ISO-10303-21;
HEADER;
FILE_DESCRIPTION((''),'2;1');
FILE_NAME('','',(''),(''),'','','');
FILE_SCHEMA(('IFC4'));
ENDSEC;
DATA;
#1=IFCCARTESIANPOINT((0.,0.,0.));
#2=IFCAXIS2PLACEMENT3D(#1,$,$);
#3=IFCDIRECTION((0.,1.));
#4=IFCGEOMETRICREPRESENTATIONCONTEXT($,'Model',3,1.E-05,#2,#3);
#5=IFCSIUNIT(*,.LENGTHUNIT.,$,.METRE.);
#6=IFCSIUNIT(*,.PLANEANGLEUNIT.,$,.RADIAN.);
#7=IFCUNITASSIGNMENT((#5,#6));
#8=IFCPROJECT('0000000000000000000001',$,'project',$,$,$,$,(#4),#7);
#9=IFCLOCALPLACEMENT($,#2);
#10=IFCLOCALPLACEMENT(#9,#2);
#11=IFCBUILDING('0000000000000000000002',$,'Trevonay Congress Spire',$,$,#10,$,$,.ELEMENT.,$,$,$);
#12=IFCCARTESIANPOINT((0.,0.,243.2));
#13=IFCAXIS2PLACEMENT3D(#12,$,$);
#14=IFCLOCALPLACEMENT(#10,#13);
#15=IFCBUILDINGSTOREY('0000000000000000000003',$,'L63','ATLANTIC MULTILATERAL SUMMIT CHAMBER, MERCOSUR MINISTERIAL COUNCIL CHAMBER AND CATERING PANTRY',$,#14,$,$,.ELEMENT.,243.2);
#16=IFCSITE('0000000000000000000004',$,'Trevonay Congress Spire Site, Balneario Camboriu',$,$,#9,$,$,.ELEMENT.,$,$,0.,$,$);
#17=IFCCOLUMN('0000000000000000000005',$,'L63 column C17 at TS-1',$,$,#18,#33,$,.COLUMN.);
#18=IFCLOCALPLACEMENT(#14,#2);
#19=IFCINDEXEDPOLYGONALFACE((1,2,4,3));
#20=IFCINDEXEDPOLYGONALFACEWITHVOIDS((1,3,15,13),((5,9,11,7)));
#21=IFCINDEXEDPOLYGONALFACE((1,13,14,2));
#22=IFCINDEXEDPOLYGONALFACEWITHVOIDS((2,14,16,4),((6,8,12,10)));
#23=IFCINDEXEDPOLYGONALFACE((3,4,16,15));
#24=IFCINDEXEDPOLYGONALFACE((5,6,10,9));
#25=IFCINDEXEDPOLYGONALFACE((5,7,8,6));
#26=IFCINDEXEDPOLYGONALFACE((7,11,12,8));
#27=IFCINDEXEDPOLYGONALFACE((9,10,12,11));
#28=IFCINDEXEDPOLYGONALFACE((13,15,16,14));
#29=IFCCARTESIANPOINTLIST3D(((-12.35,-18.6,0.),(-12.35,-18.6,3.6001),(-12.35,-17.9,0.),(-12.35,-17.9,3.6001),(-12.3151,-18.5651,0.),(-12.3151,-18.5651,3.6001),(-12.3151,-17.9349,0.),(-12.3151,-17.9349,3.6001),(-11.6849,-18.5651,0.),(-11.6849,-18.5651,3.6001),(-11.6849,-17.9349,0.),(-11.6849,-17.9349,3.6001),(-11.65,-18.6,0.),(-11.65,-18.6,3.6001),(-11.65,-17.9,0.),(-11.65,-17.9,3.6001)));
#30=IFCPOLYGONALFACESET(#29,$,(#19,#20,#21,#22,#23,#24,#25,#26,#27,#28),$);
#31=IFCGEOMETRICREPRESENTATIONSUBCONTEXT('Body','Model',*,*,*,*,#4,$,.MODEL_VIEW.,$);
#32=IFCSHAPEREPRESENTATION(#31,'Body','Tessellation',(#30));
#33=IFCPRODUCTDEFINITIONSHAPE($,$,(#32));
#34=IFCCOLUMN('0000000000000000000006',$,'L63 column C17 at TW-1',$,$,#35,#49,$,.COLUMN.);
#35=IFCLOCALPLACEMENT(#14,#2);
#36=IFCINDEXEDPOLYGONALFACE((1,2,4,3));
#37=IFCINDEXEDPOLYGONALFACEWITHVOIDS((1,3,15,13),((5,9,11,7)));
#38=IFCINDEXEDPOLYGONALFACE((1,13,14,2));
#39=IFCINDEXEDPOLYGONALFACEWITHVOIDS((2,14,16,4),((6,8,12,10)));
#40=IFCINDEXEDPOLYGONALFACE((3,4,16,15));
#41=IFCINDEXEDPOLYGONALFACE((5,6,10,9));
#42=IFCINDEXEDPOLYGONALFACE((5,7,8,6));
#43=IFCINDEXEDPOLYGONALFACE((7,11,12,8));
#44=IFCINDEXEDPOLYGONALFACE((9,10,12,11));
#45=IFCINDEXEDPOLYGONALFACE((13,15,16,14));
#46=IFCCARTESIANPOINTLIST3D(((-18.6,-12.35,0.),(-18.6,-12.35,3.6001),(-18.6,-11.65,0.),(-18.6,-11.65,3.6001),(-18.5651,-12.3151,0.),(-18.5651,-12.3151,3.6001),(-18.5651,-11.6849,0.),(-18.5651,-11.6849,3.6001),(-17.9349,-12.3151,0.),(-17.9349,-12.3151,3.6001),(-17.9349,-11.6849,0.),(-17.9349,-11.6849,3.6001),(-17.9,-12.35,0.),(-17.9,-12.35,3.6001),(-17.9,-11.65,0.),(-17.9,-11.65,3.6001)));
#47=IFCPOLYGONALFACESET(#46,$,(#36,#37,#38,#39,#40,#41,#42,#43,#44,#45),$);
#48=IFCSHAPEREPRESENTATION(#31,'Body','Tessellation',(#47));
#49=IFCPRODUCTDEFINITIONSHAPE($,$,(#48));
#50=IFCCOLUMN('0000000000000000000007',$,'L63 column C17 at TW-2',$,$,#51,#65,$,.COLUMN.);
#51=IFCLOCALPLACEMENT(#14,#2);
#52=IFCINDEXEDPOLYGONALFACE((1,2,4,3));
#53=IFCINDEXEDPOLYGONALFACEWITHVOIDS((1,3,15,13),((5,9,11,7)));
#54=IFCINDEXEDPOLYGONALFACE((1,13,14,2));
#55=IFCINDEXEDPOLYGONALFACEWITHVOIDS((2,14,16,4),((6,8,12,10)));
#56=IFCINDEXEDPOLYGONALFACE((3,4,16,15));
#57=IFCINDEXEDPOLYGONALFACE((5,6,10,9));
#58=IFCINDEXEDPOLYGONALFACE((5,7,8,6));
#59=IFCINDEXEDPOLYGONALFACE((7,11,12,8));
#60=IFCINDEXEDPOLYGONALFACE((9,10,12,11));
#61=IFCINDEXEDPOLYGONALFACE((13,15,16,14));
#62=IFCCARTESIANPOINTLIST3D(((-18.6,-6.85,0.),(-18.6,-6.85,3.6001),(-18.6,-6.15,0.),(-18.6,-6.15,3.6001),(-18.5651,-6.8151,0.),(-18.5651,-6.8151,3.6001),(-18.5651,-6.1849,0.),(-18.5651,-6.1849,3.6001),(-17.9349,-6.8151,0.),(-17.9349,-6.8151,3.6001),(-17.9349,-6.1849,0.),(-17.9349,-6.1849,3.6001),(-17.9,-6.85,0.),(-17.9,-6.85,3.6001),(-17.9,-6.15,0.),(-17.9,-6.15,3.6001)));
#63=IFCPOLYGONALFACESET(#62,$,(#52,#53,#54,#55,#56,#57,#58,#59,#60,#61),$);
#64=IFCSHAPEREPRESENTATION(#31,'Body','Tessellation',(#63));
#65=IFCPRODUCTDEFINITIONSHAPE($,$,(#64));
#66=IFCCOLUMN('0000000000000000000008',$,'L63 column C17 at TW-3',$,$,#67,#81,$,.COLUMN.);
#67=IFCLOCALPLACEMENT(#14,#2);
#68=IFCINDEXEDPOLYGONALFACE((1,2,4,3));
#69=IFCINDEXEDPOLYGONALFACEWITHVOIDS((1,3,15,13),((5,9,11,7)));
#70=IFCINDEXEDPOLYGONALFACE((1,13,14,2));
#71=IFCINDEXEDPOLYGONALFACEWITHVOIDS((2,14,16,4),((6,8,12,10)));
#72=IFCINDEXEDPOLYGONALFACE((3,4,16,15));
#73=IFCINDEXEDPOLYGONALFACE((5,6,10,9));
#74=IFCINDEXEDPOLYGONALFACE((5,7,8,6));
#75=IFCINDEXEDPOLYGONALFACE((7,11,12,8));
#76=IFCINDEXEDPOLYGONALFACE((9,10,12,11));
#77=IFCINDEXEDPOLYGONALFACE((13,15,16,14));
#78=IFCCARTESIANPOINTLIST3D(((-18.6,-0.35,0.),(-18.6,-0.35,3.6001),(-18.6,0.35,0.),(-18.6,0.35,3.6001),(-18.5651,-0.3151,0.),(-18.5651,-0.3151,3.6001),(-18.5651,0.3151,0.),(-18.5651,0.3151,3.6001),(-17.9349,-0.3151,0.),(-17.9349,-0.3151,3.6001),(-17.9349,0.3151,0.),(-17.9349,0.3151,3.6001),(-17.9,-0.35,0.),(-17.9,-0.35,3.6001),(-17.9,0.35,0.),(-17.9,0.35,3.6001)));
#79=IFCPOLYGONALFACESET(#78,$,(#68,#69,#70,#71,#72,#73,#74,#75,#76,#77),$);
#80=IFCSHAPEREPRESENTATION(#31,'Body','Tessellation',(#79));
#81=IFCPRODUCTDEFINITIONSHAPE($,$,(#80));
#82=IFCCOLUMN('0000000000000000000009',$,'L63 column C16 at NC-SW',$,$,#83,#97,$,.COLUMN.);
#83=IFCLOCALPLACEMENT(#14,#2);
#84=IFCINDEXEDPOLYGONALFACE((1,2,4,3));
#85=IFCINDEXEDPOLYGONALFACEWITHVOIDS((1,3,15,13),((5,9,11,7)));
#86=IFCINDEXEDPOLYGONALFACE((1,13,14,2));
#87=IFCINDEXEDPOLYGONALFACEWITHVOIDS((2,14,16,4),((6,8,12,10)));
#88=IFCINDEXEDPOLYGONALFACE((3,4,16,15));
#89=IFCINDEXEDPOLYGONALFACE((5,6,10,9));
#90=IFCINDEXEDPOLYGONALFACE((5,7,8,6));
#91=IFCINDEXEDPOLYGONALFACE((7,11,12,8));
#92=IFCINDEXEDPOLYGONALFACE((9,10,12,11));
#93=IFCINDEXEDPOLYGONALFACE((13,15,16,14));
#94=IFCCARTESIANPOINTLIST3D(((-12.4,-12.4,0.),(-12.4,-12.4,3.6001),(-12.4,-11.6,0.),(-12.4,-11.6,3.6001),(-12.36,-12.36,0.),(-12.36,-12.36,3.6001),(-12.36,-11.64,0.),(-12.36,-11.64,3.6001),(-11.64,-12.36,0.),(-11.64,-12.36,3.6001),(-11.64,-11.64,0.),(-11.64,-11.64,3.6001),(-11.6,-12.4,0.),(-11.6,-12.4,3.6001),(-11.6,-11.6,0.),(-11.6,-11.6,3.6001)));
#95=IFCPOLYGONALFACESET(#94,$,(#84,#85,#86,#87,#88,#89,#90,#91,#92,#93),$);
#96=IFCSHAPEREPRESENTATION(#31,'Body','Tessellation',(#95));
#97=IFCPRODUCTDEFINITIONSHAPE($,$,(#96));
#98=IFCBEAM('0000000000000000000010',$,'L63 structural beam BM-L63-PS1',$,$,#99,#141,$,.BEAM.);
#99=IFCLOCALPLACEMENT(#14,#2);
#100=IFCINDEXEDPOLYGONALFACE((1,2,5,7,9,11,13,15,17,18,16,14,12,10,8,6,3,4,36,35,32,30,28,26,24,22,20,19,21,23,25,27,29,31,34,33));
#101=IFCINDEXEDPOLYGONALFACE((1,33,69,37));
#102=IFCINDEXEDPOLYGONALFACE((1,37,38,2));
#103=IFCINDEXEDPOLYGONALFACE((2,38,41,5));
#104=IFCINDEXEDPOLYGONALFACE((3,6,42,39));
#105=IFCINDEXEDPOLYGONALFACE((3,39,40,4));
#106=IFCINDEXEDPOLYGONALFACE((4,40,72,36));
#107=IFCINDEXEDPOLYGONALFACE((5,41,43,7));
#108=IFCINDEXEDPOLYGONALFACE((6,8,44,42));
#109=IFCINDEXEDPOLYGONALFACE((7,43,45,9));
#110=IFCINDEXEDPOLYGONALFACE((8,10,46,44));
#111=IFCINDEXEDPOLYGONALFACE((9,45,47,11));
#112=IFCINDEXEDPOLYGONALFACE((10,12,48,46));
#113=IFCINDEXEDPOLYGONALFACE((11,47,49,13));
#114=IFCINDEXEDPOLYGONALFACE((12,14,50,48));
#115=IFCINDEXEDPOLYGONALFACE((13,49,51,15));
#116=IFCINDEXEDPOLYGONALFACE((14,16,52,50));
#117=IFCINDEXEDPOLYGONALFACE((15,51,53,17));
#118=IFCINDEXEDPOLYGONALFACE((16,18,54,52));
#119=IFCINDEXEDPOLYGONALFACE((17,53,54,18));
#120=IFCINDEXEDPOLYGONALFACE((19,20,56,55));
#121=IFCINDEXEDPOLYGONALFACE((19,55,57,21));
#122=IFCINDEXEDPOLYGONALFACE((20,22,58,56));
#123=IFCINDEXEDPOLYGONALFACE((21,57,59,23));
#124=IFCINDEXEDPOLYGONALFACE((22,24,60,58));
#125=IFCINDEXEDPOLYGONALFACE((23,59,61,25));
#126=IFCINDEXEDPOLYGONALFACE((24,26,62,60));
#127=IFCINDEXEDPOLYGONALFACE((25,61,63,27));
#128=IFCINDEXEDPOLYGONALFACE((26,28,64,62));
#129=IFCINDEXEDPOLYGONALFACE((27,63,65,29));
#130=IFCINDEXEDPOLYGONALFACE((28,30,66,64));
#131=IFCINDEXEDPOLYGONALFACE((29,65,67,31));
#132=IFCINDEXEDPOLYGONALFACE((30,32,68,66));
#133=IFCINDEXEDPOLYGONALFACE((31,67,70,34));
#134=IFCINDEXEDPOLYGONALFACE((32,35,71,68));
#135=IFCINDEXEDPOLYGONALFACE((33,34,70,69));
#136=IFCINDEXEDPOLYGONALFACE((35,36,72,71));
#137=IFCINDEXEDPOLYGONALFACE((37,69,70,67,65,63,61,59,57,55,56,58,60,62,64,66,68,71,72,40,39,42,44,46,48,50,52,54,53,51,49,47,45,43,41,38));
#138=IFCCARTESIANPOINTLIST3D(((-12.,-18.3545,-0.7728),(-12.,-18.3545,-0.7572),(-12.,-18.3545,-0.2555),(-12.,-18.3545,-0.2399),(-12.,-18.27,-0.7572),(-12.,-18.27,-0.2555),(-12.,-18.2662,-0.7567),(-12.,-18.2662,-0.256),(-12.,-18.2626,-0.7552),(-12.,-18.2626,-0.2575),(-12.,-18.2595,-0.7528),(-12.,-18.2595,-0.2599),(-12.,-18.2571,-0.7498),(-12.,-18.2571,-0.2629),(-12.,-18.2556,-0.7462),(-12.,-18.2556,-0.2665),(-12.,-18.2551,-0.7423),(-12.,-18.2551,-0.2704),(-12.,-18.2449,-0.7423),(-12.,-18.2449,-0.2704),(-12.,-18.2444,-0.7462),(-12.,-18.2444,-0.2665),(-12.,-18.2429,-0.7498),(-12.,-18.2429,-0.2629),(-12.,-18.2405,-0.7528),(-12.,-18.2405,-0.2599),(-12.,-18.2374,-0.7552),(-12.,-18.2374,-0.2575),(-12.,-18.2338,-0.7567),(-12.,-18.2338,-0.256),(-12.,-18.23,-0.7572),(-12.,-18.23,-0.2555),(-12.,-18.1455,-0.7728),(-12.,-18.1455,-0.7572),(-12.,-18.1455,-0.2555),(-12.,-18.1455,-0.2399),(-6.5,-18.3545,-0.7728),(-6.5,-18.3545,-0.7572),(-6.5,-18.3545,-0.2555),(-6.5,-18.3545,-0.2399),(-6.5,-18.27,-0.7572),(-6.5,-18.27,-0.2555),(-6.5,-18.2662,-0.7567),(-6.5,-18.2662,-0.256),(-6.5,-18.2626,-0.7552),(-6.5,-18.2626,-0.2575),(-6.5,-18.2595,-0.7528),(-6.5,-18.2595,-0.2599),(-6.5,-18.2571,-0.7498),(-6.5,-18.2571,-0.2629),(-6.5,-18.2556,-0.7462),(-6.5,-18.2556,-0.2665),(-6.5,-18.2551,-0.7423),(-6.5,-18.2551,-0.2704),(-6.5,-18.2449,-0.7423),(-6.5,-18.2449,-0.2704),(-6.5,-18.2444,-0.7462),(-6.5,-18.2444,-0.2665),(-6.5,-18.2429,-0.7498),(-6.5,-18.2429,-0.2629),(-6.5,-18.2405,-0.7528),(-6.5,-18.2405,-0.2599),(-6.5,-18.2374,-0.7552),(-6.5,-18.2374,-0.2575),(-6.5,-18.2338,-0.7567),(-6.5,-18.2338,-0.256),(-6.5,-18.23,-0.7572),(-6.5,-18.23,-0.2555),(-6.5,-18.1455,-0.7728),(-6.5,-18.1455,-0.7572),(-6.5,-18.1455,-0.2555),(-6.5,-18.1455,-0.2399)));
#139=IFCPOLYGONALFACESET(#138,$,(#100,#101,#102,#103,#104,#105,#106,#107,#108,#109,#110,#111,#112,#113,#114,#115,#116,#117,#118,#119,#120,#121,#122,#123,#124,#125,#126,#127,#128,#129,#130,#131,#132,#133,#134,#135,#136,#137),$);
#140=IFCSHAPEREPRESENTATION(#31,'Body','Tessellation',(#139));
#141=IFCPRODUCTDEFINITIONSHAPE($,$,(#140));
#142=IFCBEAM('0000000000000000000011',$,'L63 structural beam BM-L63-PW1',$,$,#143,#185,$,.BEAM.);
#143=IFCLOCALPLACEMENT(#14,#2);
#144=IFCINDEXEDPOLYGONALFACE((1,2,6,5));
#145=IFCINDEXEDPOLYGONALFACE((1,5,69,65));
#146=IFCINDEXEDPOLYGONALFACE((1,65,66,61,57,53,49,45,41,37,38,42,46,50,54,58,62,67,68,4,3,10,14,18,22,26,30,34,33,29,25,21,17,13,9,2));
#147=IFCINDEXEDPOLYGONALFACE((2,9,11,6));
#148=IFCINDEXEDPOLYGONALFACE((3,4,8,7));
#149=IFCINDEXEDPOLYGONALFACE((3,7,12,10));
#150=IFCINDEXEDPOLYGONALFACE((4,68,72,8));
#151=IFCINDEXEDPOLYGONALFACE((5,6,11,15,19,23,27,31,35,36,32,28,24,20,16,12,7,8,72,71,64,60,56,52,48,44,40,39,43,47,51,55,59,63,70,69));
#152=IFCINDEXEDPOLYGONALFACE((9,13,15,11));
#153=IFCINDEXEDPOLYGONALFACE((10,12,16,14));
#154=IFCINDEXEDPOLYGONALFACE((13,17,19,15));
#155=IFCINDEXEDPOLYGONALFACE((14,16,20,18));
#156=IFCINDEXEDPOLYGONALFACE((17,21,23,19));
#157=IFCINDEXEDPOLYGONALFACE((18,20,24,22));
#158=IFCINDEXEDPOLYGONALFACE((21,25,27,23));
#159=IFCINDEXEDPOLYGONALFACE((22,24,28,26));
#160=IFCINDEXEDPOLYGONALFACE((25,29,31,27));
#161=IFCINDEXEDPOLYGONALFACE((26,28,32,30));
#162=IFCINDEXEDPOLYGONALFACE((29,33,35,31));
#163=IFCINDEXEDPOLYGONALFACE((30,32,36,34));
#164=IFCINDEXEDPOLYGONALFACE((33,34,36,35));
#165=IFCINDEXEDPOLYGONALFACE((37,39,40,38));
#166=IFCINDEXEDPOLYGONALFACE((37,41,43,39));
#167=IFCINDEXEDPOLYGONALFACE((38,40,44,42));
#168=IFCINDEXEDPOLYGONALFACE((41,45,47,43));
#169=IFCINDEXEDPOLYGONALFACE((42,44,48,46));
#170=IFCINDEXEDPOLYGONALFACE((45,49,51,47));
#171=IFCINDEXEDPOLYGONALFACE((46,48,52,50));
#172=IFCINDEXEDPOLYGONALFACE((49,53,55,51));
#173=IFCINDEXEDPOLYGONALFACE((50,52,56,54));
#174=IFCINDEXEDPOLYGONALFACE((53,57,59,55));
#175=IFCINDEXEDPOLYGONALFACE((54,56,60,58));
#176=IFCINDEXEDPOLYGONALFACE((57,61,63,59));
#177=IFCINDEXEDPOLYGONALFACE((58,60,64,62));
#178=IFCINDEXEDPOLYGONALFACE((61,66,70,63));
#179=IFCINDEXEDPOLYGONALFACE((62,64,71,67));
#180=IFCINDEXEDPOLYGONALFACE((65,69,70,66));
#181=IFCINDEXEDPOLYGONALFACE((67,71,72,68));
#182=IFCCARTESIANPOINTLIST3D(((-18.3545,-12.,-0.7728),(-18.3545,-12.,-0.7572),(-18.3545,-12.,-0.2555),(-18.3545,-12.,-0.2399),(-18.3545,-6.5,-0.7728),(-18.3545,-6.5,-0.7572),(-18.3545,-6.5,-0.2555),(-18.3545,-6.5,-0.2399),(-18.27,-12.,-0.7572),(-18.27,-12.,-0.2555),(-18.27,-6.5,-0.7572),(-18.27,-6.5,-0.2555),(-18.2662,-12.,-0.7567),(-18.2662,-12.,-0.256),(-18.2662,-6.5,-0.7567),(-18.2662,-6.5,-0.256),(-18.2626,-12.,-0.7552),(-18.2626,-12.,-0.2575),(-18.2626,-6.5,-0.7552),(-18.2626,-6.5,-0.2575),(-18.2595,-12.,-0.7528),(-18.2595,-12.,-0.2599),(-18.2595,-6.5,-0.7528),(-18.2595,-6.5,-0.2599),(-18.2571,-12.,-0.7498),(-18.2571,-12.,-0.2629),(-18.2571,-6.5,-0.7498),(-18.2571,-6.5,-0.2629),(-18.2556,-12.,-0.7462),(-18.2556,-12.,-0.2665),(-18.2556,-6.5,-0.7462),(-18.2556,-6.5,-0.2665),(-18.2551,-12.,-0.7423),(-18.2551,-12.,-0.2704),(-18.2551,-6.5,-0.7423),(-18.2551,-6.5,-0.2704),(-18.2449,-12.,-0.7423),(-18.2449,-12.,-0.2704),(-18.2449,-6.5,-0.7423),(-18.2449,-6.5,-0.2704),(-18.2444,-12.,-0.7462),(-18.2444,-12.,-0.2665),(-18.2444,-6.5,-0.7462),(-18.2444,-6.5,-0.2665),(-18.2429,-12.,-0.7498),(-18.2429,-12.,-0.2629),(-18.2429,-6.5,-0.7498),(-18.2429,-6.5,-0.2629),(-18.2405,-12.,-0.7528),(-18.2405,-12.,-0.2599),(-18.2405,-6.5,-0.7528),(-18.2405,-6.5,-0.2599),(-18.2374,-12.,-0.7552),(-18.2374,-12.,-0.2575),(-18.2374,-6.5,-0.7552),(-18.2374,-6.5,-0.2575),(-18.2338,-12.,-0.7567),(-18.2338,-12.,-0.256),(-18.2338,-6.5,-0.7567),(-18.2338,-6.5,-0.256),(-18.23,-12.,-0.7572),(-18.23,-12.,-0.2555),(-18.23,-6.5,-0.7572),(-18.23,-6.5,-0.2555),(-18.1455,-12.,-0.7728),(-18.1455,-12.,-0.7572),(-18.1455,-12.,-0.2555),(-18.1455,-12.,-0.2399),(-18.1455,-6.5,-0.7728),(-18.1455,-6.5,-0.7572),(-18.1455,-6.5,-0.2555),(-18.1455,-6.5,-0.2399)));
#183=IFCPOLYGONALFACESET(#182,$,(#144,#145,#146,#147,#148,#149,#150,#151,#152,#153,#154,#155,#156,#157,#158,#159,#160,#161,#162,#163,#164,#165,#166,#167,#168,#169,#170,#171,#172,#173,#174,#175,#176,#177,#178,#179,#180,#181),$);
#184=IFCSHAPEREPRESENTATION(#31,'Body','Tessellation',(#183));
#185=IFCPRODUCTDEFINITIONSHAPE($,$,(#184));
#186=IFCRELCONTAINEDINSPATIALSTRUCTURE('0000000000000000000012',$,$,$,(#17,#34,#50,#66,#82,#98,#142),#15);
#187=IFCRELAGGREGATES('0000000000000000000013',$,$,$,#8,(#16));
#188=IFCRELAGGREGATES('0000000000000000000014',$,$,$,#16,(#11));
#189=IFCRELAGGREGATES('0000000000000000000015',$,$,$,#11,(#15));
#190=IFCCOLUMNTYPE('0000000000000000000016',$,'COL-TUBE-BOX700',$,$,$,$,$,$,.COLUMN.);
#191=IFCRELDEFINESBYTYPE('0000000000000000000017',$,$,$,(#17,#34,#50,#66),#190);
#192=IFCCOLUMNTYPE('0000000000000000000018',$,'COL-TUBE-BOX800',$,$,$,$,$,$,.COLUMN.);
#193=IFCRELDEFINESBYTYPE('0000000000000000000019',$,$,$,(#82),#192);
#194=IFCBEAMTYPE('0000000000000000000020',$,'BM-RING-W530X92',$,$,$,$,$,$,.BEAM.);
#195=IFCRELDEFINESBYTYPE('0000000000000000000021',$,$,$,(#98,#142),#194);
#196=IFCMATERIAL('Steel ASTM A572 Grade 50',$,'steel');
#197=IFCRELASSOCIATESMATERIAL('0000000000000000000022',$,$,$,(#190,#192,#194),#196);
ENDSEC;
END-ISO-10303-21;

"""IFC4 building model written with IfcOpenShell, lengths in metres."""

from ifc_helpers import new_model, si_unit, direction, frame, origin, origin_2d, place, context, subcontext, project, spatial, hollow_rectangle, i_section, extrude, material, material_profile, profile_set, type_object, element, save


model = new_model("IFC4")

# Units and contexts
model_context = context("Model", 3, precision=1e-05, world=origin(), true_north=direction((0.0, 1.0)))
body_context = subcontext(model_context, "Body", "Model", "MODEL_VIEW")
ifc_project = project(units=[si_unit("LENGTHUNIT", "METRE"), si_unit("PLANEANGLEUNIT", "RADIAN")], contexts=[model_context])

# Site, building, storey
site_placement = place(None, origin())
site = spatial("IfcSite", under=ifc_project, at=site_placement, Name="Trevonay Congress Spire Site, Balneario Camboriu", CompositionType="ELEMENT", RefElevation=0.0)
building_placement = place(site_placement, origin())
building = spatial("IfcBuilding", under=site, at=building_placement, Name="Trevonay Congress Spire", CompositionType="ELEMENT")
storey_placement = place(building_placement, frame((0.0, 0.0, 243.2)))
storey = spatial("IfcBuildingStorey", under=building, at=storey_placement, Name="L63", Description="ATLANTIC MULTILATERAL SUMMIT CHAMBER, MERCOSUR MINISTERIAL COUNCIL CHAMBER AND CATERING PANTRY", CompositionType="ELEMENT", Elevation=243.2)

# Columns
ifc_material_1 = material(Name="Steel ASTM A572 Grade 50", Category="steel")
ifc_material_profile_1 = material_profile(ifc_material_1, hollow_rectangle(XDim=0.7, YDim=0.7, WallThickness=0.0349, at=origin_2d()), Name="BOX 700x700x35")
ifc_profile_set_1 = profile_set([ifc_material_profile_1], Name="Steel ASTM A572 Grade 50")
column_type_1 = type_object("IfcColumnType", Name="COL-TUBE-BOX700", PredefinedType="COLUMN", material=ifc_profile_set_1)
for number, where, z_axis, x_axis, name in (
    (1, (-12.0, -18.25, 0.0), (0.0, 0.0, 1.0), (1.0, 0.0, 0.0), "L63 column C17 at TS-1"),
    (2, (-18.25, -12.0, 0.0), (0.0, 0.0, 1.0), (1.0, 0.0, 0.0), "L63 column C17 at TW-1"),
    (3, (-18.25, -6.5, 0.0), (0.0, 0.0, 1.0), (1.0, 0.0, 0.0), "L63 column C17 at TW-2"),
    (4, (-18.25, 0.0, 0.0), (0.0, 0.0, 1.0), (1.0, 0.0, 0.0), "L63 column C17 at TW-3"),
):
    element("IfcColumn", number, at=place(storey_placement, frame(where, z_axis=z_axis, x_axis=x_axis)), inside=storey, type_object=column_type_1, Name=name, PredefinedType="COLUMN", context=body_context, shape_type="SweptSolid", body=[
        extrude(hollow_rectangle(XDim=0.7, YDim=0.7, WallThickness=0.0349, at=origin_2d()), origin(), (0.0, 0.0, 1.0), 3.6001),
    ])
ifc_material_profile_2 = material_profile(ifc_material_1, hollow_rectangle(XDim=0.8, YDim=0.8, WallThickness=0.04, at=origin_2d()), Name="BOX 800x800x40")
ifc_profile_set_2 = profile_set([ifc_material_profile_2], Name="Steel ASTM A572 Grade 50")
column_type_2 = type_object("IfcColumnType", Name="COL-TUBE-BOX800", PredefinedType="COLUMN", material=ifc_profile_set_2)
column_placement = place(storey_placement, frame((-12.0, -12.0, 0.0), z_axis=(0.0, 0.0, 1.0), x_axis=(1.0, 0.0, 0.0)))
element("IfcColumn", 5, at=column_placement, inside=storey, type_object=column_type_2, Name="L63 column C16 at NC-SW", PredefinedType="COLUMN", context=body_context, shape_type="SweptSolid", body=[
    extrude(hollow_rectangle(XDim=0.8, YDim=0.8, WallThickness=0.04, at=origin_2d()), origin(), (0.0, 0.0, 1.0), 3.6001),
])

# Beams
ifc_material_profile_3 = material_profile(ifc_material_1, i_section(OverallWidth=0.209, OverallDepth=0.533, WebThickness=0.0103, FlangeThickness=0.0156, FilletRadius=0.0149, at=origin_2d()), Name="W530x92")
ifc_profile_set_3 = profile_set([ifc_material_profile_3], Name="Steel ASTM A572 Grade 50")
beam_type_1 = type_object("IfcBeamType", Name="BM-RING-W530X92", PredefinedType="BEAM", material=ifc_profile_set_3)
for number, where, z_axis, x_axis, name in (
    (6, (-12.0, -18.25, -0.5063), (1.0, 0.0, 0.0), (0.0, 1.0, 0.0), "L63 structural beam BM-L63-PS1"),
    (7, (-18.25, -12.0, -0.5063), (0.0, 1.0, 0.0), (-1.0, 0.0, 0.0), "L63 structural beam BM-L63-PW1"),
):
    element("IfcBeam", number, at=place(storey_placement, frame(where, z_axis=z_axis, x_axis=x_axis)), inside=storey, type_object=beam_type_1, Name=name, PredefinedType="BEAM", context=body_context, shape_type="SweptSolid", body=[
        extrude(i_section(OverallWidth=0.209, OverallDepth=0.533, WebThickness=0.0103, FlangeThickness=0.0156, FilletRadius=0.0149, at=origin_2d()), origin(), (0.0, 0.0, 1.0), 5.5),
    ])

save(model, "model.ifc")
